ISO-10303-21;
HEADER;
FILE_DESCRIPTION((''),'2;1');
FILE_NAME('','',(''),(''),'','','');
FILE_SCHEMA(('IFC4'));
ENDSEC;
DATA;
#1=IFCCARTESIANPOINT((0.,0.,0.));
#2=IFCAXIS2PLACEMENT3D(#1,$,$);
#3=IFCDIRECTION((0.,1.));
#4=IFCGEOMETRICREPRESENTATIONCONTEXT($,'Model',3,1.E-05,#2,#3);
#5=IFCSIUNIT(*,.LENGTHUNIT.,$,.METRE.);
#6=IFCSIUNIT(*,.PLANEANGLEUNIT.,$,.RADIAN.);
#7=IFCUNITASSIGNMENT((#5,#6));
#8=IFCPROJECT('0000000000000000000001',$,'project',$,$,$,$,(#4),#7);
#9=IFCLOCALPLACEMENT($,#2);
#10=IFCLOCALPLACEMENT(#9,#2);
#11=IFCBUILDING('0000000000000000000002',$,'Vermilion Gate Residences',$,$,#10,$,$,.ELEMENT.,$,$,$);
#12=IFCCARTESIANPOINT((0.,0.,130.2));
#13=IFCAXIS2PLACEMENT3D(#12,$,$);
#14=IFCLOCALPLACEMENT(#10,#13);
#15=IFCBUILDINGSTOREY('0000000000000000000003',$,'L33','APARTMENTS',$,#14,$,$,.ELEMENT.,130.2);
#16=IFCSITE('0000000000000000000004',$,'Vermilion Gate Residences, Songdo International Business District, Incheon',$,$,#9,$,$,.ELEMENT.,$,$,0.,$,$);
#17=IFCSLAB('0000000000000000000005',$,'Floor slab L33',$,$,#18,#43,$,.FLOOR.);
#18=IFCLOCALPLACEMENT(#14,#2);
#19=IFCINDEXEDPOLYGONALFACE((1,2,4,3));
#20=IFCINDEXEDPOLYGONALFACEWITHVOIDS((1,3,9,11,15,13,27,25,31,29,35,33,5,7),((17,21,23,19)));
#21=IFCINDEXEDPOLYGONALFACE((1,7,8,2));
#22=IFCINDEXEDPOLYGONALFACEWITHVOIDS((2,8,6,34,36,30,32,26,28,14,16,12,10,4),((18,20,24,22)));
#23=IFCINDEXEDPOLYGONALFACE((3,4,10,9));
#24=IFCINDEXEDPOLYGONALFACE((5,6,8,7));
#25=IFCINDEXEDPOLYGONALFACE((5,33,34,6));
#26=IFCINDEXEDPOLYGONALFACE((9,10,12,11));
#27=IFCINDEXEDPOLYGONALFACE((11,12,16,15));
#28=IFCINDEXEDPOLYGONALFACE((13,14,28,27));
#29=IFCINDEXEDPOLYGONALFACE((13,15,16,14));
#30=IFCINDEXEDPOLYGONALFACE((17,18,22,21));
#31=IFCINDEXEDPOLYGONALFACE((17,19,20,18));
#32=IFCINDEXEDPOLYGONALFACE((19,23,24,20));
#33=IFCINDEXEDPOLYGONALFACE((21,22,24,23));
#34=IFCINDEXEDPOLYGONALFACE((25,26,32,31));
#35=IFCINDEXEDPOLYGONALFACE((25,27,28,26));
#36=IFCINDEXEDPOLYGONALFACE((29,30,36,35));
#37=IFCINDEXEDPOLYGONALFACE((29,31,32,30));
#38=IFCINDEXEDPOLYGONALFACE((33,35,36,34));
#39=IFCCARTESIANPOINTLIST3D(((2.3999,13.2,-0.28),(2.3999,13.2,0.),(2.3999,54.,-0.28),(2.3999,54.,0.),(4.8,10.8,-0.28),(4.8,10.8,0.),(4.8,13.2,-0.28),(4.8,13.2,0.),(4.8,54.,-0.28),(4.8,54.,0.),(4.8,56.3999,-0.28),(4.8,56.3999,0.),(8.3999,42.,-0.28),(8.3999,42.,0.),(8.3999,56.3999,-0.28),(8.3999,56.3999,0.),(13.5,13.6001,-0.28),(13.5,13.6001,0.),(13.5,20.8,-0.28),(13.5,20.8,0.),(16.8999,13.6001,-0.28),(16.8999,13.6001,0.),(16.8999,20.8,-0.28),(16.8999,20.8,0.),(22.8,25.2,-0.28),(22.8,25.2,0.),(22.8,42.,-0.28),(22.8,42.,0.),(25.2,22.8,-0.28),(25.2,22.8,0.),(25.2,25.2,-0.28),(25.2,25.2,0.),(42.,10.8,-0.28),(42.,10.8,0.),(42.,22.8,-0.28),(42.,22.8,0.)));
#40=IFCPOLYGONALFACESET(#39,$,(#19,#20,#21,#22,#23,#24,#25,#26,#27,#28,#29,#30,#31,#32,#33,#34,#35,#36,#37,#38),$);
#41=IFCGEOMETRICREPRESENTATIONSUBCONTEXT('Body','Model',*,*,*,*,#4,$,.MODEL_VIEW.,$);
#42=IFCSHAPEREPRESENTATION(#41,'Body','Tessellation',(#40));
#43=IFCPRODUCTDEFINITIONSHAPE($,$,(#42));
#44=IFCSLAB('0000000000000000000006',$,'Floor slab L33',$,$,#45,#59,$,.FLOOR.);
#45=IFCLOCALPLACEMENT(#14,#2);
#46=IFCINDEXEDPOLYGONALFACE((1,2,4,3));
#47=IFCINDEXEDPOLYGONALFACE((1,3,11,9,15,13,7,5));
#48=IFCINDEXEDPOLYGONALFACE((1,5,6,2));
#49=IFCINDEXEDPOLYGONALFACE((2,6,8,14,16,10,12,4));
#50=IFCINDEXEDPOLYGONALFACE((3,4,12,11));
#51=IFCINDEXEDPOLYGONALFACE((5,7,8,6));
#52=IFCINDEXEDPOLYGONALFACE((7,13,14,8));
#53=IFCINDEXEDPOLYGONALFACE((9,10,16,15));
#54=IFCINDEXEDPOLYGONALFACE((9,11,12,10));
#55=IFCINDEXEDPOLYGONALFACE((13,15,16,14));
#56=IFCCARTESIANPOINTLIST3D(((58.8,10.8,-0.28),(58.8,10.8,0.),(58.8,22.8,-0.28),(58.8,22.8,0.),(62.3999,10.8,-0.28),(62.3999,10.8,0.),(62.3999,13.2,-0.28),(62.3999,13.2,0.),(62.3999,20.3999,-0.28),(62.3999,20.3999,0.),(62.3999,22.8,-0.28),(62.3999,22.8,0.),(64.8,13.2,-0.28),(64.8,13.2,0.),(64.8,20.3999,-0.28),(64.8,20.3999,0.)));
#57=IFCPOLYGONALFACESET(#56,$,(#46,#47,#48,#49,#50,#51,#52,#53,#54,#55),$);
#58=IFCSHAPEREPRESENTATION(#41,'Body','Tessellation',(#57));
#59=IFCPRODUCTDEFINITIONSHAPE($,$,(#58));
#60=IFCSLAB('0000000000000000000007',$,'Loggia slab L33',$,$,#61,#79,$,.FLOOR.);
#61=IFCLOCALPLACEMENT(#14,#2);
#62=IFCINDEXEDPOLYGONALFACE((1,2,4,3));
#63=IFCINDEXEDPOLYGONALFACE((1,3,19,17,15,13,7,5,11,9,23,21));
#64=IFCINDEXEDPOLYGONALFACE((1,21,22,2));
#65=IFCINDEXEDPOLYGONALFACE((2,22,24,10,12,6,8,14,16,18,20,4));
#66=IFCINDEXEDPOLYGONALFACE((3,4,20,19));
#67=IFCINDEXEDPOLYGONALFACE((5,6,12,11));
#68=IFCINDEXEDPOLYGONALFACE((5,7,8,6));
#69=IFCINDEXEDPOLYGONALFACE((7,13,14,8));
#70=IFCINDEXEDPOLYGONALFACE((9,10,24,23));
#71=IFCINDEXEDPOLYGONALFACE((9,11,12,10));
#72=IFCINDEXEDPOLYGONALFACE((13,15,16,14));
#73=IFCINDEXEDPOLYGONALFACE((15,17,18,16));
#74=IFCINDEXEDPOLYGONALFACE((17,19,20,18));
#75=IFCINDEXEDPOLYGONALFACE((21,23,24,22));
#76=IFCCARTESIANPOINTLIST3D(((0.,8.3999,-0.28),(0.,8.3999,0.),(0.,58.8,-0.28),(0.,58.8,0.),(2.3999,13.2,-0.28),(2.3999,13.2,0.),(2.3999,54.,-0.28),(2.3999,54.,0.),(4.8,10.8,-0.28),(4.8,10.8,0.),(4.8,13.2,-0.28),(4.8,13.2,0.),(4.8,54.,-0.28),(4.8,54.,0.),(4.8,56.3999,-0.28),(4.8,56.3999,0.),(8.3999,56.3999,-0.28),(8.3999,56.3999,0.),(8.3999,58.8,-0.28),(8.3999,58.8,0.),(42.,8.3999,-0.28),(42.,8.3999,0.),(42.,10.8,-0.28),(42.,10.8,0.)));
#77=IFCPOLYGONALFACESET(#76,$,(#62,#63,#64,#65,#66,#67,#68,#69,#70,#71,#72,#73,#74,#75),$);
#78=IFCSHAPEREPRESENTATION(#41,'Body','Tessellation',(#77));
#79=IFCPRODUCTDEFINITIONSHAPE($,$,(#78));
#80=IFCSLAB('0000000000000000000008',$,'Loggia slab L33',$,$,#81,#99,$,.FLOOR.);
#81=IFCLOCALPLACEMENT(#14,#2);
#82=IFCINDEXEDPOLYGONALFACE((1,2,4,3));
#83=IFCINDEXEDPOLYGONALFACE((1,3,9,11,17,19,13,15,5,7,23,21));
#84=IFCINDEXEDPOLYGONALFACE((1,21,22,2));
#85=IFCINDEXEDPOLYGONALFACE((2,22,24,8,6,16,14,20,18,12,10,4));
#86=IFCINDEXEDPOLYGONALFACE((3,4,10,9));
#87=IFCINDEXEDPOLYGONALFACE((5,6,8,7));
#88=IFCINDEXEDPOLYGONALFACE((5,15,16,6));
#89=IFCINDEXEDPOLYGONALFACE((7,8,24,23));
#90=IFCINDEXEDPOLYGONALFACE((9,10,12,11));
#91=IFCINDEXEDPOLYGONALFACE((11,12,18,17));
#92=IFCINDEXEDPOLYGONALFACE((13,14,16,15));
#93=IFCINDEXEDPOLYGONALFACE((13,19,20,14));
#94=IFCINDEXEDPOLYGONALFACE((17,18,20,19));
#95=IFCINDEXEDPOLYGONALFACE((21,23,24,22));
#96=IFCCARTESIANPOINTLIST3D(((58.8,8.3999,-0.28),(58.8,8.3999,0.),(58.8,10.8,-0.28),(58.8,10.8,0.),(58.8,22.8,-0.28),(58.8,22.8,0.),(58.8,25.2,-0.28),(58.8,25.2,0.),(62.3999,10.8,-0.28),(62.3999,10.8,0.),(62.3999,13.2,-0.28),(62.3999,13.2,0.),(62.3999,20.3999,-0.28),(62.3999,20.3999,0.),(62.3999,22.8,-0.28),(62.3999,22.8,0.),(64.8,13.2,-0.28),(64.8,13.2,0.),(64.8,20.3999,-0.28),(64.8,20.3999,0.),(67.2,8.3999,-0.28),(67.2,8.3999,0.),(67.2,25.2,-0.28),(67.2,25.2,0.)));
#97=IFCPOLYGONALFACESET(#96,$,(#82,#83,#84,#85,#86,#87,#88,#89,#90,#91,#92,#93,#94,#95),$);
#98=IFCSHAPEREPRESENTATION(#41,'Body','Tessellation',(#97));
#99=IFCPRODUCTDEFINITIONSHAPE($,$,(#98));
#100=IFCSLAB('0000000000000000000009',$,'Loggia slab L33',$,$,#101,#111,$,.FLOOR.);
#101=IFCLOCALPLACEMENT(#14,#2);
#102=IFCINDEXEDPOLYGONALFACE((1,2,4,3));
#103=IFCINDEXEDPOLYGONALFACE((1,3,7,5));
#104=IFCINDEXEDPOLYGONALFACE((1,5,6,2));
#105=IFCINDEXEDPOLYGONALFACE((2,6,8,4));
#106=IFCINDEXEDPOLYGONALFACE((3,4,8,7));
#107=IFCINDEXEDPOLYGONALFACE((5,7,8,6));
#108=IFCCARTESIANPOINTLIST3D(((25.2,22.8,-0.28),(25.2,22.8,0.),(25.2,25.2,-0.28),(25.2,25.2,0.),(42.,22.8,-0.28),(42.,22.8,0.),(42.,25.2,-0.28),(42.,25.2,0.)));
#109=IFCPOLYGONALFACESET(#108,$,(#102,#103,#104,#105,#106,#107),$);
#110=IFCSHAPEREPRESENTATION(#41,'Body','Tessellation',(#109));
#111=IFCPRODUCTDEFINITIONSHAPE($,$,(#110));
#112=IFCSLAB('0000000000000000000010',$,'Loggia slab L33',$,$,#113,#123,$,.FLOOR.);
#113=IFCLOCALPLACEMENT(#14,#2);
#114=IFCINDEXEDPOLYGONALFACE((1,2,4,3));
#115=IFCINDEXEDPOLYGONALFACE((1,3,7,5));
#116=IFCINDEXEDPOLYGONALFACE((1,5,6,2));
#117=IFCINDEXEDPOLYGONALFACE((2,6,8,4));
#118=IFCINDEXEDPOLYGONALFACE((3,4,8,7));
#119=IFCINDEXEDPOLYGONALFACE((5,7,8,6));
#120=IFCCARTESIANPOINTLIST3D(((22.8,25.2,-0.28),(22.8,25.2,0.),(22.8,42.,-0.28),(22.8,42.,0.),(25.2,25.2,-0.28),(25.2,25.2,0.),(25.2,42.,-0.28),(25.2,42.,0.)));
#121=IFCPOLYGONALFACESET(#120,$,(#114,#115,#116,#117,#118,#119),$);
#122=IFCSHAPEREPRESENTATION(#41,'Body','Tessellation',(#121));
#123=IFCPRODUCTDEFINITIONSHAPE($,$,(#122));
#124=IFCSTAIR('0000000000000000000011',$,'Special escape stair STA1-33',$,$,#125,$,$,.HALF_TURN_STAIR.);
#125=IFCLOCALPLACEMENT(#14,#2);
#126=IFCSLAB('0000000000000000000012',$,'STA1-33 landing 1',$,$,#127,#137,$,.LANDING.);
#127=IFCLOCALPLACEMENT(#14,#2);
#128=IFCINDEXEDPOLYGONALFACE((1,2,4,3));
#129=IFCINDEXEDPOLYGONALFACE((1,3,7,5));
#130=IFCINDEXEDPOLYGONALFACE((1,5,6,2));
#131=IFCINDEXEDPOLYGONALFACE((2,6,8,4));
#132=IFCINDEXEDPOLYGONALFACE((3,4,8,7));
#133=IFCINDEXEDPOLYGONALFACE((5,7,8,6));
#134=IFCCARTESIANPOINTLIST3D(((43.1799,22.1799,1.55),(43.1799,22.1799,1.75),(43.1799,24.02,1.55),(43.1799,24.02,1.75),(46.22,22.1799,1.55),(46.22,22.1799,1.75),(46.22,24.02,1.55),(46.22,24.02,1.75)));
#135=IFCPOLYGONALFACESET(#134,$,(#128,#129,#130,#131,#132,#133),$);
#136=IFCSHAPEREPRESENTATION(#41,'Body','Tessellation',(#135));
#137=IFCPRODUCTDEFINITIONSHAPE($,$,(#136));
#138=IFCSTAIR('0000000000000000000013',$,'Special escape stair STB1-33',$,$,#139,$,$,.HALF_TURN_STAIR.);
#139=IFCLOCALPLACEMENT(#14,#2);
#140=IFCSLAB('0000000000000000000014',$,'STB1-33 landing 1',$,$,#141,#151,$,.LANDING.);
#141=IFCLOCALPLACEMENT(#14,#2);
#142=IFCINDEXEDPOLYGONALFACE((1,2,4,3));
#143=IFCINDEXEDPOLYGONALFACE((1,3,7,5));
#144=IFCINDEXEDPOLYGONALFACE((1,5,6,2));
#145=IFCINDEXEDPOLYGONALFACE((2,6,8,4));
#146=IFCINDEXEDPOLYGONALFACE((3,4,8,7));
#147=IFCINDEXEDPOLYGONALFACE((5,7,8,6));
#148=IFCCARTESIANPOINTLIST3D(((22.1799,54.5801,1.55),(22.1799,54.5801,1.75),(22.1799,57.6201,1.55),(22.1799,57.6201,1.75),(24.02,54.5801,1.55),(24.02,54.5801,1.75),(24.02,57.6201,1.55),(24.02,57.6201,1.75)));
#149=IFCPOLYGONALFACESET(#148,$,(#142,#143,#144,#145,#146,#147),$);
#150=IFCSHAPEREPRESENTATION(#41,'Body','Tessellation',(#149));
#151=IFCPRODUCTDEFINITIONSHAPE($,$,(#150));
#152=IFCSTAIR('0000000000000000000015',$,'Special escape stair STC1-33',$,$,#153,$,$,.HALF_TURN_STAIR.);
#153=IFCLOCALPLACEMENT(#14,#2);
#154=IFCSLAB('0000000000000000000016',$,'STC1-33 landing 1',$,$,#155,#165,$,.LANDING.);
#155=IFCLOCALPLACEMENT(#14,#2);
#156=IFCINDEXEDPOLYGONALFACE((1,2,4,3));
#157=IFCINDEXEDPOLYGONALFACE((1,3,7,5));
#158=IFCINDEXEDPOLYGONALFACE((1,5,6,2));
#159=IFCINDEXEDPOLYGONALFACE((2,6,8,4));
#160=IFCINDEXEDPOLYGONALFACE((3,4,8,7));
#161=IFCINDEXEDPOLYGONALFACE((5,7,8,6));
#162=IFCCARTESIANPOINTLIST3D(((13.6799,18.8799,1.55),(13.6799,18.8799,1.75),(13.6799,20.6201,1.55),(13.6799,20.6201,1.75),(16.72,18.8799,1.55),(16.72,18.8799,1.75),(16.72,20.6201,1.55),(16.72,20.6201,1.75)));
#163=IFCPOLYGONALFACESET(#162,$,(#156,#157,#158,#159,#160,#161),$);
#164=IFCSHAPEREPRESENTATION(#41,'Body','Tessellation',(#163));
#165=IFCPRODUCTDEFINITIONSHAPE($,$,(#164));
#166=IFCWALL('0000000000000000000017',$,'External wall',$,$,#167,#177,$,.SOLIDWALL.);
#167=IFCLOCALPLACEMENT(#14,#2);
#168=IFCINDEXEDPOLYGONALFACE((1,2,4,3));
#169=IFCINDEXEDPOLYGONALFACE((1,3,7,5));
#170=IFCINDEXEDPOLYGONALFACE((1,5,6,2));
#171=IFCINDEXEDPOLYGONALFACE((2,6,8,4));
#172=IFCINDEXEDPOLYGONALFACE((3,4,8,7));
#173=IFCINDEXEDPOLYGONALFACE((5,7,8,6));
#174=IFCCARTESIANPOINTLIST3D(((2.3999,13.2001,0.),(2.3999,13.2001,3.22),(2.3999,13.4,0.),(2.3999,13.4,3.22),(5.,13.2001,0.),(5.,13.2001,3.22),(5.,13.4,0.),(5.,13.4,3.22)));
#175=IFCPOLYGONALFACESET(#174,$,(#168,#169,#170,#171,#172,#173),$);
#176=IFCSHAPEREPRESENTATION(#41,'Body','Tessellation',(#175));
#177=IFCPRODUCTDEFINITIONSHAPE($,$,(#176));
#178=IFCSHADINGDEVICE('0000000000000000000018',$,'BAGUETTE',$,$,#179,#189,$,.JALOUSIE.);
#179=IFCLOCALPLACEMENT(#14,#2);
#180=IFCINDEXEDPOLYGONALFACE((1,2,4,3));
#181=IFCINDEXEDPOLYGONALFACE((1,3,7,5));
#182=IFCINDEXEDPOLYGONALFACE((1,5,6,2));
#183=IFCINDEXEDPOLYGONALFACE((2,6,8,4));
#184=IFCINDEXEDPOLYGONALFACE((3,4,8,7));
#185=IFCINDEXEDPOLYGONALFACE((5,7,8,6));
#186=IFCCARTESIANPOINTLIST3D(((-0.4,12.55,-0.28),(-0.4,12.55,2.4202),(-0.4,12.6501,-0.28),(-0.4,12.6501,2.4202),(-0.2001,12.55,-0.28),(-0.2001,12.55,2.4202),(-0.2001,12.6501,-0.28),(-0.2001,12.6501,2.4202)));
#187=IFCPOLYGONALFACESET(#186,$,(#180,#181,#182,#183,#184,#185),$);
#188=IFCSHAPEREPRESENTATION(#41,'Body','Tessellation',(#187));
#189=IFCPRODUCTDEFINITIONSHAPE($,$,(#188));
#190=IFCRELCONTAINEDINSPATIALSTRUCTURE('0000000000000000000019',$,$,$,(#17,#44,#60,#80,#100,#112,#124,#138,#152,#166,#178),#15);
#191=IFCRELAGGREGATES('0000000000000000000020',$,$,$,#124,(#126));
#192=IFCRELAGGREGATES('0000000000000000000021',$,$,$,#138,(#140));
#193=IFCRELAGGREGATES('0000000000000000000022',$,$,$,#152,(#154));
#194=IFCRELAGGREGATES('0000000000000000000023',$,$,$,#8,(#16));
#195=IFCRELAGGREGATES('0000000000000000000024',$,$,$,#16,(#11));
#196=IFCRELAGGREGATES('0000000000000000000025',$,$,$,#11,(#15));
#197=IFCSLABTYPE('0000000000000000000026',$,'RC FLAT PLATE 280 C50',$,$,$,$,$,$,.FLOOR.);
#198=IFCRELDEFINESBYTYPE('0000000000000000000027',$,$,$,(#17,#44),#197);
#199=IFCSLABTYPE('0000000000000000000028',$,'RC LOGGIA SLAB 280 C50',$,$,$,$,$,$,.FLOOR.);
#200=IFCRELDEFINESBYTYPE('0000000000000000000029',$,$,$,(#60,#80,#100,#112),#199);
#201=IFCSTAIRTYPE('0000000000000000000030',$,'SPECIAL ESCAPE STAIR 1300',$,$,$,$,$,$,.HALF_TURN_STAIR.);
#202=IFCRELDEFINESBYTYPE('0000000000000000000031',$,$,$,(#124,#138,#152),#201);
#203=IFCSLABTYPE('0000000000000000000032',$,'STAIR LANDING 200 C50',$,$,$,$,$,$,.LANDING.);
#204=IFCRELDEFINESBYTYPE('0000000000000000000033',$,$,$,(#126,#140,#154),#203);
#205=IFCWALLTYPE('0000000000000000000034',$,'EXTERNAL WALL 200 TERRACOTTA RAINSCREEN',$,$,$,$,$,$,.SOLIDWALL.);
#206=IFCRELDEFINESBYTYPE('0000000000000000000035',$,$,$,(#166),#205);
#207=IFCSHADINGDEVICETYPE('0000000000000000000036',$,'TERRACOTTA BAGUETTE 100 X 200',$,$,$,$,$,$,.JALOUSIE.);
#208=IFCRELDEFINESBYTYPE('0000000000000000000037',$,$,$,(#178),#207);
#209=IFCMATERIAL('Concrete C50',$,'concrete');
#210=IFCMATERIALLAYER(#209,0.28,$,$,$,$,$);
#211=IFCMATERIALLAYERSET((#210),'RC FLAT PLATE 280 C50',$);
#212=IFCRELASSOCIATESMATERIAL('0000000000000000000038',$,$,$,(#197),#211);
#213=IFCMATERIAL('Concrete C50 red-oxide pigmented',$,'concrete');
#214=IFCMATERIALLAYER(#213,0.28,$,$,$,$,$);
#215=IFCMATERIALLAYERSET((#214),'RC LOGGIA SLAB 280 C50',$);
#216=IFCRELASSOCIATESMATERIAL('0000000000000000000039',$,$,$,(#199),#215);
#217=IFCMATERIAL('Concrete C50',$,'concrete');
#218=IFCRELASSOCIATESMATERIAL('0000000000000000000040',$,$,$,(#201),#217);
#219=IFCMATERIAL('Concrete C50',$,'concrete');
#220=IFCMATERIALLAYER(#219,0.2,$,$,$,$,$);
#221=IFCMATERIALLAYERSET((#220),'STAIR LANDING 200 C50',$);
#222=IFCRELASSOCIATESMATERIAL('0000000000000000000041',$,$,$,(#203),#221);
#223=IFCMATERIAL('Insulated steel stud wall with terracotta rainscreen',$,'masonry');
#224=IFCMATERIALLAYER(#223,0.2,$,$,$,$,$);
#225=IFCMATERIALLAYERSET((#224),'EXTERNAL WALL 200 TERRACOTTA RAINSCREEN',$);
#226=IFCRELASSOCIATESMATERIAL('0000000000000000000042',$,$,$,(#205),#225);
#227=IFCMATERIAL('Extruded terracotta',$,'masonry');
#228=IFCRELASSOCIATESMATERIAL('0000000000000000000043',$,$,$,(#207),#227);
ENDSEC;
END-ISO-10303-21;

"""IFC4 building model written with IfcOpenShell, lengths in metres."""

from ifc_helpers import new_model, si_unit, direction, frame, frame_2d, origin, origin_2d, place, context, subcontext, project, spatial, polyline, rectangle, outline, extrude, material, layer, layer_set, material_profile, profile_set, type_object, element, aggregate, save


model = new_model("IFC4")

# Units and contexts
model_context = context("Model", 3, precision=1e-05, world=origin(), true_north=direction((0.0, 1.0)))
body_context = subcontext(model_context, "Body", "Model", "MODEL_VIEW")
ifc_project = project(units=[si_unit("LENGTHUNIT", "METRE"), si_unit("PLANEANGLEUNIT", "RADIAN")], contexts=[model_context])

# Site, building, storey
site_placement = place(None, origin())
site = spatial("IfcSite", under=ifc_project, at=site_placement, Name="Vermilion Gate Residences, Songdo International Business District, Incheon", CompositionType="ELEMENT", RefElevation=0.0)
building_placement = place(site_placement, origin())
building = spatial("IfcBuilding", under=site, at=building_placement, Name="Vermilion Gate Residences", CompositionType="ELEMENT")
storey_placement = place(building_placement, frame((0.0, 0.0, 130.2)))
storey = spatial("IfcBuildingStorey", under=building, at=storey_placement, Name="L33", Description="APARTMENTS", CompositionType="ELEMENT", Elevation=130.2)

# Slabs
ifc_material_1 = material(Name="Concrete C50", Category="concrete")
ifc_layer_1 = layer(ifc_material_1, 0.28)
ifc_layer_set_1 = layer_set([ifc_layer_1], Name="RC FLAT PLATE 280 C50")
slab_type_1 = type_object("IfcSlabType", Name="RC FLAT PLATE 280 C50", PredefinedType="FLOOR", material=ifc_layer_set_1)
slab_1_placement = place(storey_placement, frame((0.0, 0.0, -0.28)))
element("IfcSlab", 1, at=slab_1_placement, inside=storey, type_object=slab_type_1, Name="Floor slab L33", PredefinedType="FLOOR", context=body_context, shape_type="SweptSolid", body=[
    extrude(outline(polyline([(22.8, 25.2), (22.8, 42.0), (8.3999, 42.0), (8.3999, 56.3999), (4.8, 56.3999), (4.8, 54.0), (2.3999, 54.0), (2.3999, 13.2), (4.8, 13.2), (4.8, 10.8), (42.0, 10.8), (42.0, 22.8), (25.2, 22.8), (25.2, 25.2), (22.8, 25.2)]), holes=[polyline([(13.5, 13.6001), (13.5, 20.8), (16.8999, 20.8), (16.8999, 13.6001), (13.5, 13.6001)])]), origin(), (0.0, 0.0, 1.0), 0.28),
])
slab_2_placement = place(storey_placement, frame((0.0, 0.0, -0.28)))
element("IfcSlab", 2, at=slab_2_placement, inside=storey, type_object=slab_type_1, Name="Floor slab L33", PredefinedType="FLOOR", context=body_context, shape_type="SweptSolid", body=[
    extrude(outline(polyline([(58.8, 22.8), (58.8, 10.8), (62.3999, 10.8), (62.3999, 13.2), (64.8, 13.2), (64.8, 20.3999), (62.3999, 20.3999), (62.3999, 22.8), (58.8, 22.8)])), origin(), (0.0, 0.0, 1.0), 0.28),
])
ifc_material_2 = material(Name="Concrete C50 red-oxide pigmented", Category="concrete")
ifc_layer_2 = layer(ifc_material_2, 0.28)
ifc_layer_set_2 = layer_set([ifc_layer_2], Name="RC LOGGIA SLAB 280 C50")
slab_type_2 = type_object("IfcSlabType", Name="RC LOGGIA SLAB 280 C50", PredefinedType="FLOOR", material=ifc_layer_set_2)
slab_3_placement = place(storey_placement, frame((0.0, 0.0, -0.28)))
element("IfcSlab", 3, at=slab_3_placement, inside=storey, type_object=slab_type_2, Name="Loggia slab L33", PredefinedType="FLOOR", context=body_context, shape_type="SweptSolid", body=[
    extrude(outline(polyline([(0.0, 58.8), (0.0, 8.3999), (42.0, 8.3999), (42.0, 10.8), (4.8, 10.8), (4.8, 13.2), (2.3999, 13.2), (2.3999, 54.0), (4.8, 54.0), (4.8, 56.3999), (8.3999, 56.3999), (8.3999, 58.8), (0.0, 58.8)])), origin(), (0.0, 0.0, 1.0), 0.28),
])
slab_4_placement = place(storey_placement, frame((0.0, 0.0, -0.28)))
element("IfcSlab", 4, at=slab_4_placement, inside=storey, type_object=slab_type_2, Name="Loggia slab L33", PredefinedType="FLOOR", context=body_context, shape_type="SweptSolid", body=[
    extrude(outline(polyline([(64.8, 20.3999), (64.8, 13.2), (62.3999, 13.2), (62.3999, 10.8), (58.8, 10.8), (58.8, 8.3999), (67.2, 8.3999), (67.2, 25.2), (58.8, 25.2), (58.8, 22.8), (62.3999, 22.8), (62.3999, 20.3999), (64.8, 20.3999)])), origin(), (0.0, 0.0, 1.0), 0.28),
])
slab_5_placement = place(storey_placement, frame((0.0, 0.0, -0.28)))
element("IfcSlab", 5, at=slab_5_placement, inside=storey, type_object=slab_type_2, Name="Loggia slab L33", PredefinedType="FLOOR", context=body_context, shape_type="SweptSolid", body=[
    extrude(outline(polyline([(25.2, 22.8), (42.0, 22.8), (42.0, 25.2), (25.2, 25.2), (25.2, 22.8)])), origin(), (0.0, 0.0, 1.0), 0.28),
])
slab_6_placement = place(storey_placement, frame((0.0, 0.0, -0.28)))
element("IfcSlab", 6, at=slab_6_placement, inside=storey, type_object=slab_type_2, Name="Loggia slab L33", PredefinedType="FLOOR", context=body_context, shape_type="SweptSolid", body=[
    extrude(outline(polyline([(25.2, 25.2), (25.2, 42.0), (22.8, 42.0), (22.8, 25.2), (25.2, 25.2)])), origin(), (0.0, 0.0, 1.0), 0.28),
])

# Stairs, slabs
ifc_material_3 = material(Name="Concrete C50", Category="concrete")
stair_type = type_object("IfcStairType", Name="SPECIAL ESCAPE STAIR 1300", PredefinedType="HALF_TURN_STAIR", material=ifc_material_3)
stair_1_placement = place(storey_placement, origin())
stair_1 = element("IfcStair", 7, at=stair_1_placement, inside=storey, type_object=stair_type, Name="Special escape stair STA1-33", PredefinedType="HALF_TURN_STAIR")
ifc_material_4 = material(Name="Concrete C50", Category="concrete")
ifc_layer_3 = layer(ifc_material_4, 0.2)
ifc_layer_set_3 = layer_set([ifc_layer_3], Name="STAIR LANDING 200 C50")
slab_type_3 = type_object("IfcSlabType", Name="STAIR LANDING 200 C50", PredefinedType="LANDING", material=ifc_layer_set_3)
slab_7_placement = place(storey_placement, frame((0.0, 0.0, 1.55)))
slab_7 = element("IfcSlab", 8, at=slab_7_placement, type_object=slab_type_3, Name="STA1-33 landing 1", PredefinedType="LANDING", context=body_context, shape_type="SweptSolid", body=[
    extrude(outline(polyline([(46.22, 22.1799), (46.22, 24.02), (43.1799, 24.02), (43.1799, 22.1799), (46.22, 22.1799)])), origin(), (0.0, 0.0, 1.0), 0.2),
])
aggregate(stair_1, [slab_7])
stair_2_placement = place(storey_placement, origin())
stair_2 = element("IfcStair", 9, at=stair_2_placement, inside=storey, type_object=stair_type, Name="Special escape stair STB1-33", PredefinedType="HALF_TURN_STAIR")
slab_8_placement = place(storey_placement, frame((0.0, 0.0, 1.55)))
slab_8 = element("IfcSlab", 10, at=slab_8_placement, type_object=slab_type_3, Name="STB1-33 landing 1", PredefinedType="LANDING", context=body_context, shape_type="SweptSolid", body=[
    extrude(outline(polyline([(24.02, 54.5801), (24.02, 57.6201), (22.1799, 57.6201), (22.1799, 54.5801), (24.02, 54.5801)])), origin(), (0.0, 0.0, 1.0), 0.2),
])
aggregate(stair_2, [slab_8])
stair_3_placement = place(storey_placement, origin())
stair_3 = element("IfcStair", 11, at=stair_3_placement, inside=storey, type_object=stair_type, Name="Special escape stair STC1-33", PredefinedType="HALF_TURN_STAIR")
slab_9_placement = place(storey_placement, frame((0.0, 0.0, 1.55)))
slab_9 = element("IfcSlab", 12, at=slab_9_placement, type_object=slab_type_3, Name="STC1-33 landing 1", PredefinedType="LANDING", context=body_context, shape_type="SweptSolid", body=[
    extrude(outline(polyline([(16.72, 18.8799), (16.72, 20.6201), (13.6799, 20.6201), (13.6799, 18.8799), (16.72, 18.8799)])), origin(), (0.0, 0.0, 1.0), 0.2),
])
aggregate(stair_3, [slab_9])

# Wall
ifc_material_5 = material(Name="Insulated steel stud wall with terracotta rainscreen", Category="masonry")
ifc_layer_4 = layer(ifc_material_5, 0.2)
ifc_layer_set_4 = layer_set([ifc_layer_4], Name="EXTERNAL WALL 200 TERRACOTTA RAINSCREEN")
wall_type = type_object("IfcWallType", Name="EXTERNAL WALL 200 TERRACOTTA RAINSCREEN", PredefinedType="SOLIDWALL", material=ifc_layer_set_4)
wall_placement = place(storey_placement, frame((2.3999, 13.3, 0.0), z_axis=(0.0, 0.0, 1.0), x_axis=(1.0, 0.0, 0.0)))
element("IfcWall", 13, at=wall_placement, inside=storey, type_object=wall_type, Name="External wall", PredefinedType="SOLIDWALL", context=body_context, shape_type="SweptSolid", body=[
    extrude(rectangle(XDim=2.6001, YDim=0.2, at=frame_2d((1.3, 0.0))), origin(), (0.0, 0.0, 1.0), 3.22),
])

# Shading device
ifc_material_6 = material(Name="Extruded terracotta", Category="masonry")
ifc_material_profile_1 = material_profile(ifc_material_6, rectangle(XDim=0.2, YDim=0.1001, at=origin_2d()), Name="BAGUETTE 100 X 200")
ifc_profile_set_1 = profile_set([ifc_material_profile_1], Name="Extruded terracotta")
shading_device_type = type_object("IfcShadingDeviceType", Name="TERRACOTTA BAGUETTE 100 X 200", PredefinedType="JALOUSIE", material=ifc_profile_set_1)
shading_device_placement = place(storey_placement, frame((-0.3, 12.6001, -0.28), z_axis=(0.0, 0.0, 1.0), x_axis=(1.0, 0.0, 0.0)))
element("IfcShadingDevice", 14, at=shading_device_placement, inside=storey, type_object=shading_device_type, Name="BAGUETTE", PredefinedType="JALOUSIE", context=body_context, shape_type="SweptSolid", body=[
    extrude(rectangle(XDim=0.2, YDim=0.1001, at=origin_2d()), origin(), (0.0, 0.0, 1.0), 2.7002),
])

save(model, "model.ifc")
